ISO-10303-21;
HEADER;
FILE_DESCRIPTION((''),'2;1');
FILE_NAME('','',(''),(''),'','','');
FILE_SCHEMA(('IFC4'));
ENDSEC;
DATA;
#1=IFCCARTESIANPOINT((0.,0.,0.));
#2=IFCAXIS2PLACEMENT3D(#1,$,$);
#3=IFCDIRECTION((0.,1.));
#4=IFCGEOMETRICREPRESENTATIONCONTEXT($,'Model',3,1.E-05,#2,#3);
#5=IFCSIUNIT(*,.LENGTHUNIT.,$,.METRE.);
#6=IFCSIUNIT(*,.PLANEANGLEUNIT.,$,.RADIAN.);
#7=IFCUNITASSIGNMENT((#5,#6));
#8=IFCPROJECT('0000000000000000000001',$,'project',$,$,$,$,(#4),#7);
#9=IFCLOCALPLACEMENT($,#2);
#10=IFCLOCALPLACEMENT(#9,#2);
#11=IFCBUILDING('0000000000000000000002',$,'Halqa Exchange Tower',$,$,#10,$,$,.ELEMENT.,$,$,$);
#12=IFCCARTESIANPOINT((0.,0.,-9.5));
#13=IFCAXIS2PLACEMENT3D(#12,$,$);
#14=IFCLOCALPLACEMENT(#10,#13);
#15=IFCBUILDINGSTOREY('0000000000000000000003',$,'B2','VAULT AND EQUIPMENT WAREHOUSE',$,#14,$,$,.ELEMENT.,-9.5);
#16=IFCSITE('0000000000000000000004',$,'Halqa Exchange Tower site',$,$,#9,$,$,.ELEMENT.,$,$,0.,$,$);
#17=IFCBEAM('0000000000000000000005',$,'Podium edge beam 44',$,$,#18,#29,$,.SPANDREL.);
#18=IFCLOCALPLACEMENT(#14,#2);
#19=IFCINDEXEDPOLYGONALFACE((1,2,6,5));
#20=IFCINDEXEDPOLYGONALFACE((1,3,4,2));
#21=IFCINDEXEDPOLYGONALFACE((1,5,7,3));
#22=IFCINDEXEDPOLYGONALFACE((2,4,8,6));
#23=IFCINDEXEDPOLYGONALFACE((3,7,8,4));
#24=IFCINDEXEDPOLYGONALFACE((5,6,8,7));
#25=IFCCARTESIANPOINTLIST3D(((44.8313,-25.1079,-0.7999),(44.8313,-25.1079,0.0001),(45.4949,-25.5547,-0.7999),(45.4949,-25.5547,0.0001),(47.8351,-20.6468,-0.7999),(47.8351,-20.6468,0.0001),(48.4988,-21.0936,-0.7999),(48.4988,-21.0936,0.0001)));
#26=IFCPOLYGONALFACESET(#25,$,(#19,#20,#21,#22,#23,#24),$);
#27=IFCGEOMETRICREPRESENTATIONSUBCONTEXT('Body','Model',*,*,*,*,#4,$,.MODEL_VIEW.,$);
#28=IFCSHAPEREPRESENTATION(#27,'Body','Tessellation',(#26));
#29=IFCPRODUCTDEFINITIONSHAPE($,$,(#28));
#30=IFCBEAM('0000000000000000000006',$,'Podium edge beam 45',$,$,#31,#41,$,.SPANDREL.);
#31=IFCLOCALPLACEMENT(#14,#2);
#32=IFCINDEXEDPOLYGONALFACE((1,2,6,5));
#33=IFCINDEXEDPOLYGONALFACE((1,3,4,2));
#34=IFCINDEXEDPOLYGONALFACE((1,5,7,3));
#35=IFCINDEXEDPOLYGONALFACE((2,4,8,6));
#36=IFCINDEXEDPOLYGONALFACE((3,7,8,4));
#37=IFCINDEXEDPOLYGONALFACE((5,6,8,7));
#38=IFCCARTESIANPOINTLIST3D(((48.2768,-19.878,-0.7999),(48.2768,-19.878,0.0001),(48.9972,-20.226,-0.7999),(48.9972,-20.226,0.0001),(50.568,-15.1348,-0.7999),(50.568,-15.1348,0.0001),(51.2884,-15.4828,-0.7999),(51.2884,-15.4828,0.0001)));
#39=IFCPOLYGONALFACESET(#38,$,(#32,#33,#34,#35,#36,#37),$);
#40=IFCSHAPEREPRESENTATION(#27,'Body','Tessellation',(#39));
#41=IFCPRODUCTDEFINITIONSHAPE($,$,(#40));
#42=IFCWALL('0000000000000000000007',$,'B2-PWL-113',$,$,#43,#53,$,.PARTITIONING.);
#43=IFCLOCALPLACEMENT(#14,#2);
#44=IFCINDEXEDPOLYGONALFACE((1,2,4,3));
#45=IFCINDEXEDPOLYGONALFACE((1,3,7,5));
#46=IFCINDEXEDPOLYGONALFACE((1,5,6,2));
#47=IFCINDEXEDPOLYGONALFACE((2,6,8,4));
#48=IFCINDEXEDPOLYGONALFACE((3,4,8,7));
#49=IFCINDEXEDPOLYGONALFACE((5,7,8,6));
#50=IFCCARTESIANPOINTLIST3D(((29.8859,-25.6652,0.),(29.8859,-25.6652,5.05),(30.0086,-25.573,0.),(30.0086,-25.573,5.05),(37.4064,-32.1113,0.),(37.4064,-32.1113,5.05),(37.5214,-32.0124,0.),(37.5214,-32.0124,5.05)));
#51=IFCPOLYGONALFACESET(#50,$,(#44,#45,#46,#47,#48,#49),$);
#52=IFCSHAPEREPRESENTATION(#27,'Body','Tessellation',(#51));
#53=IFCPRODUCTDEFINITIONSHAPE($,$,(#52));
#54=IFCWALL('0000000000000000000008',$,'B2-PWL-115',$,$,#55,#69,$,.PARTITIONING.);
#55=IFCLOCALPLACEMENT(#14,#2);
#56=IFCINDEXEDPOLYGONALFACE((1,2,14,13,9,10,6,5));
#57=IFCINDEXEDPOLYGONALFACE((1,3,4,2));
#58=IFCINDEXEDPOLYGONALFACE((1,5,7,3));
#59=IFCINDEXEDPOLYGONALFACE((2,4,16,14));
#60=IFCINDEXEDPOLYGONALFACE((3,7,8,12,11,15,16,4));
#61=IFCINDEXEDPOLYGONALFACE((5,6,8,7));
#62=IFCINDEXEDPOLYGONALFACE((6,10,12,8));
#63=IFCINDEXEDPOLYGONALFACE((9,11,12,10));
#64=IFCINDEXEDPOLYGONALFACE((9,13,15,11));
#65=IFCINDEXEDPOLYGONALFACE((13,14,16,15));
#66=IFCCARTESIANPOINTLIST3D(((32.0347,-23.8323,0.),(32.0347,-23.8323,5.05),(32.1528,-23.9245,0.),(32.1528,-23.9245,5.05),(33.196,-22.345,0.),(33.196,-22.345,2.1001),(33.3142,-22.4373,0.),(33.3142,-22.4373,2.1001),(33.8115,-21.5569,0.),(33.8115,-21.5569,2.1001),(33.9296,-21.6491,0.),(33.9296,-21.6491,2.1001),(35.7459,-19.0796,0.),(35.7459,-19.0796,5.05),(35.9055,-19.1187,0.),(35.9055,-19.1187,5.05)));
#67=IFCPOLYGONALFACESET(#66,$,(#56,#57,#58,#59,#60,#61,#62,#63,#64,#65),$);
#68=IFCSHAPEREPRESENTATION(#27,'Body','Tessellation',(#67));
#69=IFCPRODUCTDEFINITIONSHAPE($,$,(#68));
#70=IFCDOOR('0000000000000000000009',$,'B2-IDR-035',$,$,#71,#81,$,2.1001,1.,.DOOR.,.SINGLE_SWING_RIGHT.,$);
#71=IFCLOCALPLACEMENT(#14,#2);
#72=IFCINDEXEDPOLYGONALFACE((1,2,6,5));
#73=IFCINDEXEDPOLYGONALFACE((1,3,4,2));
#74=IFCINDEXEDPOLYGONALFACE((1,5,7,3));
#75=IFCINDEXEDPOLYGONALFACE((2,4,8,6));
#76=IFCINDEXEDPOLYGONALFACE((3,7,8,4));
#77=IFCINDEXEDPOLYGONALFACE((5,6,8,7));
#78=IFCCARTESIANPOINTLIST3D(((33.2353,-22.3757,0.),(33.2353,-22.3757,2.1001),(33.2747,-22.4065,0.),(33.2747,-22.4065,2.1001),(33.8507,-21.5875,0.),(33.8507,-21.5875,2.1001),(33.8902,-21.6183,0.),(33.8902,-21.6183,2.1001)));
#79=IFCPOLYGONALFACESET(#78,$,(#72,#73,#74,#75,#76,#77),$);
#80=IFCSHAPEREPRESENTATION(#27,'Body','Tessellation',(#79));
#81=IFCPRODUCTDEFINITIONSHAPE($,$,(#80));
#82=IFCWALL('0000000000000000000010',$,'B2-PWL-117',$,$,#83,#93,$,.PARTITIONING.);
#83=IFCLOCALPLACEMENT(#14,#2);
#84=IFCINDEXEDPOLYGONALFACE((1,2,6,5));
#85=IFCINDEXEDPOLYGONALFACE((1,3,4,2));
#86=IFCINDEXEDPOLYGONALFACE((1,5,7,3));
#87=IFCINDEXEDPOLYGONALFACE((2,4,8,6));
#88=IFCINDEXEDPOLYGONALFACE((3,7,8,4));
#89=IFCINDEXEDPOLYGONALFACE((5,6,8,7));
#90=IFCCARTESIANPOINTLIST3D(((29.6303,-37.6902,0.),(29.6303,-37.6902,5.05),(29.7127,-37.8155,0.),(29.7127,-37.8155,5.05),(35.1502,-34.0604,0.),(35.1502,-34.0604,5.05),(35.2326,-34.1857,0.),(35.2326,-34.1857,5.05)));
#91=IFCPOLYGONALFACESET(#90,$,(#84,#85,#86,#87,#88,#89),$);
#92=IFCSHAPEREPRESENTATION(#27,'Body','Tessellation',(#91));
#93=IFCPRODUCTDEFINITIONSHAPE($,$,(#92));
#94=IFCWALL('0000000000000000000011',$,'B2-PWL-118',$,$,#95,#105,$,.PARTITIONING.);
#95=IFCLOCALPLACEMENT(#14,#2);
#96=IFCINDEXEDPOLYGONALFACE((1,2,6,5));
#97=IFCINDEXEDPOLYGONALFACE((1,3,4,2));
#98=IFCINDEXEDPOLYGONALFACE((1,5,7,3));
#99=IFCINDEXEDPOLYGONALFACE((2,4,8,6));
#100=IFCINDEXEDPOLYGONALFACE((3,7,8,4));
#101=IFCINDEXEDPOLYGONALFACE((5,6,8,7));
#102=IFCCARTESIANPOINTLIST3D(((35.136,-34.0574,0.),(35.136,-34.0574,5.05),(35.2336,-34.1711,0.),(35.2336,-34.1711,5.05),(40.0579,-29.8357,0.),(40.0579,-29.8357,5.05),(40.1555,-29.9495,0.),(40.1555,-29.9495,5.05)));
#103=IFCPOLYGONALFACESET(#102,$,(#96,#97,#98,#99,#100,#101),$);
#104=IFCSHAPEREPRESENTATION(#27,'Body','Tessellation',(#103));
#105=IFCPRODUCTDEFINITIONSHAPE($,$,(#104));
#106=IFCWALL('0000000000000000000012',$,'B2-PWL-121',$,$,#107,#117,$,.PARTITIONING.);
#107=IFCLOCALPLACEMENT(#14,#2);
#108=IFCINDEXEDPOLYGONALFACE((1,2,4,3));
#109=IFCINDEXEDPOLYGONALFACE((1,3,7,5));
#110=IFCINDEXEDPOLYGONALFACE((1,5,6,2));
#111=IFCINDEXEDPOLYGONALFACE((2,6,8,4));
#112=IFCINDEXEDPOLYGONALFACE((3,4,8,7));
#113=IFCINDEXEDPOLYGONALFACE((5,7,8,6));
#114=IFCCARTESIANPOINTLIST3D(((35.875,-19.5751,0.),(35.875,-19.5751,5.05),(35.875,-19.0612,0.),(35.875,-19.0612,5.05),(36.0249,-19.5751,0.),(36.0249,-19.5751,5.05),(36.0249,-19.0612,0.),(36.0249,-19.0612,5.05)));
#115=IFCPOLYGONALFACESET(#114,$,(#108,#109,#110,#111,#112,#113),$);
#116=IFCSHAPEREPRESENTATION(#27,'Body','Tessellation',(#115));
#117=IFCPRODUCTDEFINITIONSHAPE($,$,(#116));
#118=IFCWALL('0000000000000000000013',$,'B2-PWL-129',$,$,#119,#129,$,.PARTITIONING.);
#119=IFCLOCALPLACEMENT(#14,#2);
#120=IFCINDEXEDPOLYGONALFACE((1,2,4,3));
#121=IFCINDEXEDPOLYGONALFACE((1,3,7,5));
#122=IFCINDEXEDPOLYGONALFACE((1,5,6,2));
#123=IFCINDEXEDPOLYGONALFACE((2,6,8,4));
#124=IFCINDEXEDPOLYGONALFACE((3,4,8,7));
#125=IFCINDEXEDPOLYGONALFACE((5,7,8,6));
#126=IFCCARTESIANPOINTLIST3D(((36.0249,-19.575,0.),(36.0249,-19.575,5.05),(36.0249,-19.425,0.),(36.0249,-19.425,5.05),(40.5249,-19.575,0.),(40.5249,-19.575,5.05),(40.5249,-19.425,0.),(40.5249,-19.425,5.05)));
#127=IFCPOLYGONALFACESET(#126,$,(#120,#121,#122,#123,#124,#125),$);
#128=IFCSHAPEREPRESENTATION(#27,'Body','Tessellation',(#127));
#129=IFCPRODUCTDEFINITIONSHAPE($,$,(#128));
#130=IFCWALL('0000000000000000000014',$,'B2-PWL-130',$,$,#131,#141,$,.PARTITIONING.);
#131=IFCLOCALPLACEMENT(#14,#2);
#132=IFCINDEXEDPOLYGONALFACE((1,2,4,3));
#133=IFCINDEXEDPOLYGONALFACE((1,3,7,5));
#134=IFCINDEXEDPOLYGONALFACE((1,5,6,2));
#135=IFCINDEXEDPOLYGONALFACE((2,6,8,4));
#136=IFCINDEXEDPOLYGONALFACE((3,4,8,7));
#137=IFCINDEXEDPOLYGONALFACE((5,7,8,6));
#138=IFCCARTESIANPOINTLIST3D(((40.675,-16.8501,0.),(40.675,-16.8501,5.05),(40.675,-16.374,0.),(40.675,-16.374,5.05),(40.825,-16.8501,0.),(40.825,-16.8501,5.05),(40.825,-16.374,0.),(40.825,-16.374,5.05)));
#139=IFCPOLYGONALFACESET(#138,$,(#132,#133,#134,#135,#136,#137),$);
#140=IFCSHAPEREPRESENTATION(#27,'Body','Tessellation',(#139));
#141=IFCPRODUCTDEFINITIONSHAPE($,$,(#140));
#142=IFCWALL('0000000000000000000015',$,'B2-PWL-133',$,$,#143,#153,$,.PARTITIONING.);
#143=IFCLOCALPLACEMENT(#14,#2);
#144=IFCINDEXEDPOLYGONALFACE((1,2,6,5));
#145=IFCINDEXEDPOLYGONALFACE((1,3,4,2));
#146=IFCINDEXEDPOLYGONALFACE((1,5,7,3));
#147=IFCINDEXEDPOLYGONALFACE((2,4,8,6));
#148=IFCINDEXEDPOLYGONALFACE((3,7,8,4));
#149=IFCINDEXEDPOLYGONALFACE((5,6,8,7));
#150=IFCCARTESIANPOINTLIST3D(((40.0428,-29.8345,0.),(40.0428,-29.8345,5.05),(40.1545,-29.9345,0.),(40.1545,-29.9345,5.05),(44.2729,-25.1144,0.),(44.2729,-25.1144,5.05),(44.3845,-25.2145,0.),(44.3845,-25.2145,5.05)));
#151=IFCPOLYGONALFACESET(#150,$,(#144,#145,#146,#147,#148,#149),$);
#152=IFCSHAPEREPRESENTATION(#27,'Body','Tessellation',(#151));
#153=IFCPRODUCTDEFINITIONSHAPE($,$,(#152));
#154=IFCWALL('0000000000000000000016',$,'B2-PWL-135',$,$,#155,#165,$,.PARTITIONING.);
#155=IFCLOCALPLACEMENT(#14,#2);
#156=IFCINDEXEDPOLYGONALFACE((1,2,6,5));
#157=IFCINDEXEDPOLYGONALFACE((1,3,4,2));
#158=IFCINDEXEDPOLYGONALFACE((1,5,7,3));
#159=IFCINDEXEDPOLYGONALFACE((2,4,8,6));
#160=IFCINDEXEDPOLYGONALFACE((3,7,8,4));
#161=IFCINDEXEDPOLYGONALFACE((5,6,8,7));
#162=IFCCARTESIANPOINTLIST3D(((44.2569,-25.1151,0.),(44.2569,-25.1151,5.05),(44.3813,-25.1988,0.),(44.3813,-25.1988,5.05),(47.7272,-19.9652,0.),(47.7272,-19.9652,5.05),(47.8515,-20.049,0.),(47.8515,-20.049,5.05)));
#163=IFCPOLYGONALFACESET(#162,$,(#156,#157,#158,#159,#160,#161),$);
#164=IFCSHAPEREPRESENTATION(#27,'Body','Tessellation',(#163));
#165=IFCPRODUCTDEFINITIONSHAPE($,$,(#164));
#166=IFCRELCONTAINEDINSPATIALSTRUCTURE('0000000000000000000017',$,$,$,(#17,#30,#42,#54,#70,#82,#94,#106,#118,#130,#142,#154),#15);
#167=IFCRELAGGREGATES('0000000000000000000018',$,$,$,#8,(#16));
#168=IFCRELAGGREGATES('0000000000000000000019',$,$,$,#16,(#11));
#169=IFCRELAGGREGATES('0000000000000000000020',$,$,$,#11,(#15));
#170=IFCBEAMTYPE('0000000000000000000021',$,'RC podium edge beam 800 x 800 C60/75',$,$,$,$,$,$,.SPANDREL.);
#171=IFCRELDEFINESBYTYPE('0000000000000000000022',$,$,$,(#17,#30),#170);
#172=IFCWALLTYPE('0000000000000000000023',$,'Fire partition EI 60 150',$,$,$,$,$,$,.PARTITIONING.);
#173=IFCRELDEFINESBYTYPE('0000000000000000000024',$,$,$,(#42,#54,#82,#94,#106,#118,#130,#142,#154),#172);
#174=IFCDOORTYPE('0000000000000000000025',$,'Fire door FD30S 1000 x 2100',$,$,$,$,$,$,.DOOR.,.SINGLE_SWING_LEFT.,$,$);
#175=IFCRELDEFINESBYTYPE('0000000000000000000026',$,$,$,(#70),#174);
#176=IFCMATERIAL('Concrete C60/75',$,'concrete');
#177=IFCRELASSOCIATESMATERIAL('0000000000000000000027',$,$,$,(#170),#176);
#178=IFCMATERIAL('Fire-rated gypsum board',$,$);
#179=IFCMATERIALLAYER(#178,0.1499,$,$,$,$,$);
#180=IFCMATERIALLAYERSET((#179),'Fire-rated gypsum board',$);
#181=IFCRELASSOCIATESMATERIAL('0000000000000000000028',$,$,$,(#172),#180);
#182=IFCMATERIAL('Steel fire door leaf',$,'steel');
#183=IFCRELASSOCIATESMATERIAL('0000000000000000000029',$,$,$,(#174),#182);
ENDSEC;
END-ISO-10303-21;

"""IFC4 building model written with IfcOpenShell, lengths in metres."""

from ifc_helpers import new_model, si_unit, direction, frame, frame_2d, origin, origin_2d, place, context, subcontext, project, spatial, polyline, rectangle, outline, extrude, material, layer, layer_set, material_profile, profile_set, type_object, element, fill, save


model = new_model("IFC4")

# Units and contexts
model_context = context("Model", 3, precision=1e-05, world=origin(), true_north=direction((0.0, 1.0)))
body_context = subcontext(model_context, "Body", "Model", "MODEL_VIEW")
ifc_project = project(units=[si_unit("LENGTHUNIT", "METRE"), si_unit("PLANEANGLEUNIT", "RADIAN")], contexts=[model_context])

# Site, building, storey
site_placement = place(None, origin())
site = spatial("IfcSite", under=ifc_project, at=site_placement, Name="Halqa Exchange Tower site", CompositionType="ELEMENT", RefElevation=0.0)
building_placement = place(site_placement, origin())
building = spatial("IfcBuilding", under=site, at=building_placement, Name="Halqa Exchange Tower", CompositionType="ELEMENT")
storey_placement = place(building_placement, frame((0.0, 0.0, -9.5)))
storey = spatial("IfcBuildingStorey", under=building, at=storey_placement, Name="B2", Description="VAULT AND EQUIPMENT WAREHOUSE", CompositionType="ELEMENT", Elevation=-9.5)

# Shared definitions
ifc_material_1 = material(Name="Concrete C60/75", Category="concrete")

# Beams
ifc_material_profile_1 = material_profile(ifc_material_1, rectangle(XDim=0.8, YDim=0.8, at=origin_2d()), Name="800 x 800")
ifc_profile_set_1 = profile_set([ifc_material_profile_1], Name="Concrete C60/75")
beam_type_1 = type_object("IfcBeamType", Name="RC podium edge beam 800 x 800 C60/75", PredefinedType="SPANDREL", material=ifc_profile_set_1)
beam_1_placement = place(storey_placement, frame((45.1631, -25.3313, -0.3999), z_axis=(0.558528, 0.829485, 0.0), x_axis=(-0.829485, 0.558528, 0.0)))
element("IfcBeam", 1, at=beam_1_placement, inside=storey, type_object=beam_type_1, Name="Podium edge beam 44", PredefinedType="SPANDREL", context=body_context, shape_type="SweptSolid", body=[
    extrude(rectangle(XDim=0.8, YDim=0.8, at=origin_2d()), origin(), (0.0, 0.0, 1.0), 5.3782),
])
beam_2_placement = place(storey_placement, frame((48.637, -20.052, -0.3999), z_axis=(0.434973, 0.900443, 0.0), x_axis=(-0.900443, 0.434973, 0.0)))
element("IfcBeam", 2, at=beam_2_placement, inside=storey, type_object=beam_type_1, Name="Podium edge beam 45", PredefinedType="SPANDREL", context=body_context, shape_type="SweptSolid", body=[
    extrude(rectangle(XDim=0.8, YDim=0.8, at=origin_2d()), origin(), (0.0, 0.0, 1.0), 5.2676),
])

# Wall
ifc_material_2 = material(Name="Fire-rated gypsum board")
ifc_layer_1 = layer(ifc_material_2, 0.1499)
ifc_layer_set_1 = layer_set([ifc_layer_1], Name="Fire-rated gypsum board")
wall_type_1 = type_object("IfcWallType", Name="Fire partition EI 60 150", PredefinedType="PARTITIONING", material=ifc_layer_set_1)
wall_1_placement = place(storey_placement, frame((29.9473, -25.6191, 0.0), z_axis=(0.0, 0.0, 1.0), x_axis=(0.759265, -0.650781, 0.0)))
element("IfcWall", 3, at=wall_1_placement, inside=storey, type_object=wall_type_1, Name="B2-PWL-113", PredefinedType="PARTITIONING", context=body_context, shape_type="SweptSolid", body=[
    extrude(outline(polyline([(-0.0166, -0.075), (9.8884, -0.075), (9.9114, 0.075), (0.0166, 0.075), (-0.0166, -0.075)])), origin(), (0.0, 0.0, 1.0), 5.05),
])

# Wall, opening, door
wall_2_placement = place(storey_placement, frame((32.0938, -23.8784, 0.0), z_axis=(0.0, 0.0, 1.0), x_axis=(0.61545, 0.788176, 0.0)))
wall_2 = element("IfcWall", 4, at=wall_2_placement, inside=storey, type_object=wall_type_1, Name="B2-PWL-115", PredefinedType="PARTITIONING", context=body_context, shape_type="SweptSolid", body=[
    extrude(outline(polyline([(0.0, -0.075), (6.0974, -0.075), (6.03, 0.075), (0.0, 0.075), (0.0, -0.075)])), origin(), (0.0, 0.0, 1.0), 5.05),
])
opening_1_placement = place(wall_2_placement, frame((1.887, 0.0, 0.0)))
opening_1 = element("IfcOpeningElement", 5, at=opening_1_placement, cuts=wall_2, PredefinedType="OPENING", context=body_context, shape_type="SweptSolid", body=[
    extrude(rectangle(XDim=1.0, YDim=2.1001, at=frame_2d((0.5, 1.05))), frame((0.0, 0.0869, 0.0), z_axis=(0.0, -1.0, 0.0), x_axis=(1.0, 0.0, 0.0)), (0.0, 0.0, 1.0), 0.1738),
])
ifc_material_3 = material(Name="Steel fire door leaf", Category="steel")
door_type_1 = type_object("IfcDoorType", Name="Fire door FD30S 1000 x 2100", OperationType="SINGLE_SWING_LEFT", PredefinedType="DOOR", material=ifc_material_3)
door_1_placement = place(opening_1_placement, frame((1.0, 0.0, 0.0), z_axis=(0.0, 0.0, 1.0), x_axis=(-1.0, 0.0, 0.0)))
door_1 = element("IfcDoor", 6, at=door_1_placement, inside=storey, type_object=door_type_1, Name="B2-IDR-035", OperationType="SINGLE_SWING_RIGHT", OverallHeight=2.1001, OverallWidth=1.0, PredefinedType="DOOR", context=body_context, shape_type="SweptSolid", body=[
    extrude(rectangle(XDim=1.0, YDim=2.1001, at=frame_2d((0.5, 1.05))), frame((0.0, 0.0249, 0.0), z_axis=(0.0, -1.0, 0.0), x_axis=(1.0, 0.0, 0.0)), (0.0, 0.0, 1.0), 0.05),
])
fill(opening_1, door_1)

# Walls
wall_3_placement = place(storey_placement, frame((35.1914, -34.123, 0.0), z_axis=(0.0, 0.0, 1.0), x_axis=(-0.835536, -0.549436, 0.0)))
element("IfcWall", 7, at=wall_3_placement, inside=storey, type_object=wall_type_1, Name="B2-PWL-117", PredefinedType="PARTITIONING", context=body_context, shape_type="SweptSolid", body=[
    extrude(rectangle(XDim=6.6064, YDim=0.1499, at=frame_2d((3.3032, 0.0))), origin(), (0.0, 0.0, 1.0), 5.05),
])
wall_4_placement = place(storey_placement, frame((35.1848, -34.1143, 0.0), z_axis=(0.0, 0.0, 1.0), x_axis=(0.759033, 0.651052, 0.0)))
element("IfcWall", 8, at=wall_4_placement, inside=storey, type_object=wall_type_1, Name="B2-PWL-118", PredefinedType="PARTITIONING", context=body_context, shape_type="SweptSolid", body=[
    extrude(rectangle(XDim=6.4844, YDim=0.1499, at=frame_2d((3.2422, 0.0))), origin(), (0.0, 0.0, 1.0), 5.05),
])
wall_5_placement = place(storey_placement, frame((35.95, -19.575, 0.0), z_axis=(0.0, 0.0, 1.0), x_axis=(0.0, 1.0, 0.0)))
element("IfcWall", 9, at=wall_5_placement, inside=storey, type_object=wall_type_1, Name="B2-PWL-121", PredefinedType="PARTITIONING", context=body_context, shape_type="SweptSolid", body=[
    extrude(rectangle(XDim=0.5139, YDim=0.1499, at=frame_2d((0.2568, 0.0))), origin(), (0.0, 0.0, 1.0), 5.05),
])
wall_6_placement = place(storey_placement, frame((40.5249, -19.5, 0.0), z_axis=(0.0, 0.0, 1.0), x_axis=(-1.0, 0.0, 0.0)))
element("IfcWall", 10, at=wall_6_placement, inside=storey, type_object=wall_type_1, Name="B2-PWL-129", PredefinedType="PARTITIONING", context=body_context, shape_type="SweptSolid", body=[
    extrude(rectangle(XDim=4.5, YDim=0.1499, at=frame_2d((2.25, 0.0))), origin(), (0.0, 0.0, 1.0), 5.05),
])
wall_7_placement = place(storey_placement, frame((40.75, -16.374, 0.0), z_axis=(0.0, 0.0, 1.0), x_axis=(0.0, -1.0, 0.0)))
element("IfcWall", 11, at=wall_7_placement, inside=storey, type_object=wall_type_1, Name="B2-PWL-130", PredefinedType="PARTITIONING", context=body_context, shape_type="SweptSolid", body=[
    extrude(rectangle(XDim=0.4761, YDim=0.1499, at=frame_2d((0.238, 0.0))), origin(), (0.0, 0.0, 1.0), 5.05),
])
wall_8_placement = place(storey_placement, frame((44.3286, -25.1646, 0.0), z_axis=(0.0, 0.0, 1.0), x_axis=(-0.667395, -0.744704, 0.0)))
element("IfcWall", 12, at=wall_8_placement, inside=storey, type_object=wall_type_1, Name="B2-PWL-133", PredefinedType="PARTITIONING", context=body_context, shape_type="SweptSolid", body=[
    extrude(rectangle(XDim=6.3381, YDim=0.1499, at=frame_2d((3.1689, 0.0))), origin(), (0.0, 0.0, 1.0), 5.05),
])
wall_9_placement = place(storey_placement, frame((47.7893, -20.0071, 0.0), z_axis=(0.0, 0.0, 1.0), x_axis=(-0.558812, -0.829294, 0.0)))
element("IfcWall", 13, at=wall_9_placement, inside=storey, type_object=wall_type_1, Name="B2-PWL-135", PredefinedType="PARTITIONING", context=body_context, shape_type="SweptSolid", body=[
    extrude(rectangle(XDim=6.21, YDim=0.1499, at=frame_2d((3.105, 0.0))), origin(), (0.0, 0.0, 1.0), 5.05),
])

save(model, "model.ifc")
